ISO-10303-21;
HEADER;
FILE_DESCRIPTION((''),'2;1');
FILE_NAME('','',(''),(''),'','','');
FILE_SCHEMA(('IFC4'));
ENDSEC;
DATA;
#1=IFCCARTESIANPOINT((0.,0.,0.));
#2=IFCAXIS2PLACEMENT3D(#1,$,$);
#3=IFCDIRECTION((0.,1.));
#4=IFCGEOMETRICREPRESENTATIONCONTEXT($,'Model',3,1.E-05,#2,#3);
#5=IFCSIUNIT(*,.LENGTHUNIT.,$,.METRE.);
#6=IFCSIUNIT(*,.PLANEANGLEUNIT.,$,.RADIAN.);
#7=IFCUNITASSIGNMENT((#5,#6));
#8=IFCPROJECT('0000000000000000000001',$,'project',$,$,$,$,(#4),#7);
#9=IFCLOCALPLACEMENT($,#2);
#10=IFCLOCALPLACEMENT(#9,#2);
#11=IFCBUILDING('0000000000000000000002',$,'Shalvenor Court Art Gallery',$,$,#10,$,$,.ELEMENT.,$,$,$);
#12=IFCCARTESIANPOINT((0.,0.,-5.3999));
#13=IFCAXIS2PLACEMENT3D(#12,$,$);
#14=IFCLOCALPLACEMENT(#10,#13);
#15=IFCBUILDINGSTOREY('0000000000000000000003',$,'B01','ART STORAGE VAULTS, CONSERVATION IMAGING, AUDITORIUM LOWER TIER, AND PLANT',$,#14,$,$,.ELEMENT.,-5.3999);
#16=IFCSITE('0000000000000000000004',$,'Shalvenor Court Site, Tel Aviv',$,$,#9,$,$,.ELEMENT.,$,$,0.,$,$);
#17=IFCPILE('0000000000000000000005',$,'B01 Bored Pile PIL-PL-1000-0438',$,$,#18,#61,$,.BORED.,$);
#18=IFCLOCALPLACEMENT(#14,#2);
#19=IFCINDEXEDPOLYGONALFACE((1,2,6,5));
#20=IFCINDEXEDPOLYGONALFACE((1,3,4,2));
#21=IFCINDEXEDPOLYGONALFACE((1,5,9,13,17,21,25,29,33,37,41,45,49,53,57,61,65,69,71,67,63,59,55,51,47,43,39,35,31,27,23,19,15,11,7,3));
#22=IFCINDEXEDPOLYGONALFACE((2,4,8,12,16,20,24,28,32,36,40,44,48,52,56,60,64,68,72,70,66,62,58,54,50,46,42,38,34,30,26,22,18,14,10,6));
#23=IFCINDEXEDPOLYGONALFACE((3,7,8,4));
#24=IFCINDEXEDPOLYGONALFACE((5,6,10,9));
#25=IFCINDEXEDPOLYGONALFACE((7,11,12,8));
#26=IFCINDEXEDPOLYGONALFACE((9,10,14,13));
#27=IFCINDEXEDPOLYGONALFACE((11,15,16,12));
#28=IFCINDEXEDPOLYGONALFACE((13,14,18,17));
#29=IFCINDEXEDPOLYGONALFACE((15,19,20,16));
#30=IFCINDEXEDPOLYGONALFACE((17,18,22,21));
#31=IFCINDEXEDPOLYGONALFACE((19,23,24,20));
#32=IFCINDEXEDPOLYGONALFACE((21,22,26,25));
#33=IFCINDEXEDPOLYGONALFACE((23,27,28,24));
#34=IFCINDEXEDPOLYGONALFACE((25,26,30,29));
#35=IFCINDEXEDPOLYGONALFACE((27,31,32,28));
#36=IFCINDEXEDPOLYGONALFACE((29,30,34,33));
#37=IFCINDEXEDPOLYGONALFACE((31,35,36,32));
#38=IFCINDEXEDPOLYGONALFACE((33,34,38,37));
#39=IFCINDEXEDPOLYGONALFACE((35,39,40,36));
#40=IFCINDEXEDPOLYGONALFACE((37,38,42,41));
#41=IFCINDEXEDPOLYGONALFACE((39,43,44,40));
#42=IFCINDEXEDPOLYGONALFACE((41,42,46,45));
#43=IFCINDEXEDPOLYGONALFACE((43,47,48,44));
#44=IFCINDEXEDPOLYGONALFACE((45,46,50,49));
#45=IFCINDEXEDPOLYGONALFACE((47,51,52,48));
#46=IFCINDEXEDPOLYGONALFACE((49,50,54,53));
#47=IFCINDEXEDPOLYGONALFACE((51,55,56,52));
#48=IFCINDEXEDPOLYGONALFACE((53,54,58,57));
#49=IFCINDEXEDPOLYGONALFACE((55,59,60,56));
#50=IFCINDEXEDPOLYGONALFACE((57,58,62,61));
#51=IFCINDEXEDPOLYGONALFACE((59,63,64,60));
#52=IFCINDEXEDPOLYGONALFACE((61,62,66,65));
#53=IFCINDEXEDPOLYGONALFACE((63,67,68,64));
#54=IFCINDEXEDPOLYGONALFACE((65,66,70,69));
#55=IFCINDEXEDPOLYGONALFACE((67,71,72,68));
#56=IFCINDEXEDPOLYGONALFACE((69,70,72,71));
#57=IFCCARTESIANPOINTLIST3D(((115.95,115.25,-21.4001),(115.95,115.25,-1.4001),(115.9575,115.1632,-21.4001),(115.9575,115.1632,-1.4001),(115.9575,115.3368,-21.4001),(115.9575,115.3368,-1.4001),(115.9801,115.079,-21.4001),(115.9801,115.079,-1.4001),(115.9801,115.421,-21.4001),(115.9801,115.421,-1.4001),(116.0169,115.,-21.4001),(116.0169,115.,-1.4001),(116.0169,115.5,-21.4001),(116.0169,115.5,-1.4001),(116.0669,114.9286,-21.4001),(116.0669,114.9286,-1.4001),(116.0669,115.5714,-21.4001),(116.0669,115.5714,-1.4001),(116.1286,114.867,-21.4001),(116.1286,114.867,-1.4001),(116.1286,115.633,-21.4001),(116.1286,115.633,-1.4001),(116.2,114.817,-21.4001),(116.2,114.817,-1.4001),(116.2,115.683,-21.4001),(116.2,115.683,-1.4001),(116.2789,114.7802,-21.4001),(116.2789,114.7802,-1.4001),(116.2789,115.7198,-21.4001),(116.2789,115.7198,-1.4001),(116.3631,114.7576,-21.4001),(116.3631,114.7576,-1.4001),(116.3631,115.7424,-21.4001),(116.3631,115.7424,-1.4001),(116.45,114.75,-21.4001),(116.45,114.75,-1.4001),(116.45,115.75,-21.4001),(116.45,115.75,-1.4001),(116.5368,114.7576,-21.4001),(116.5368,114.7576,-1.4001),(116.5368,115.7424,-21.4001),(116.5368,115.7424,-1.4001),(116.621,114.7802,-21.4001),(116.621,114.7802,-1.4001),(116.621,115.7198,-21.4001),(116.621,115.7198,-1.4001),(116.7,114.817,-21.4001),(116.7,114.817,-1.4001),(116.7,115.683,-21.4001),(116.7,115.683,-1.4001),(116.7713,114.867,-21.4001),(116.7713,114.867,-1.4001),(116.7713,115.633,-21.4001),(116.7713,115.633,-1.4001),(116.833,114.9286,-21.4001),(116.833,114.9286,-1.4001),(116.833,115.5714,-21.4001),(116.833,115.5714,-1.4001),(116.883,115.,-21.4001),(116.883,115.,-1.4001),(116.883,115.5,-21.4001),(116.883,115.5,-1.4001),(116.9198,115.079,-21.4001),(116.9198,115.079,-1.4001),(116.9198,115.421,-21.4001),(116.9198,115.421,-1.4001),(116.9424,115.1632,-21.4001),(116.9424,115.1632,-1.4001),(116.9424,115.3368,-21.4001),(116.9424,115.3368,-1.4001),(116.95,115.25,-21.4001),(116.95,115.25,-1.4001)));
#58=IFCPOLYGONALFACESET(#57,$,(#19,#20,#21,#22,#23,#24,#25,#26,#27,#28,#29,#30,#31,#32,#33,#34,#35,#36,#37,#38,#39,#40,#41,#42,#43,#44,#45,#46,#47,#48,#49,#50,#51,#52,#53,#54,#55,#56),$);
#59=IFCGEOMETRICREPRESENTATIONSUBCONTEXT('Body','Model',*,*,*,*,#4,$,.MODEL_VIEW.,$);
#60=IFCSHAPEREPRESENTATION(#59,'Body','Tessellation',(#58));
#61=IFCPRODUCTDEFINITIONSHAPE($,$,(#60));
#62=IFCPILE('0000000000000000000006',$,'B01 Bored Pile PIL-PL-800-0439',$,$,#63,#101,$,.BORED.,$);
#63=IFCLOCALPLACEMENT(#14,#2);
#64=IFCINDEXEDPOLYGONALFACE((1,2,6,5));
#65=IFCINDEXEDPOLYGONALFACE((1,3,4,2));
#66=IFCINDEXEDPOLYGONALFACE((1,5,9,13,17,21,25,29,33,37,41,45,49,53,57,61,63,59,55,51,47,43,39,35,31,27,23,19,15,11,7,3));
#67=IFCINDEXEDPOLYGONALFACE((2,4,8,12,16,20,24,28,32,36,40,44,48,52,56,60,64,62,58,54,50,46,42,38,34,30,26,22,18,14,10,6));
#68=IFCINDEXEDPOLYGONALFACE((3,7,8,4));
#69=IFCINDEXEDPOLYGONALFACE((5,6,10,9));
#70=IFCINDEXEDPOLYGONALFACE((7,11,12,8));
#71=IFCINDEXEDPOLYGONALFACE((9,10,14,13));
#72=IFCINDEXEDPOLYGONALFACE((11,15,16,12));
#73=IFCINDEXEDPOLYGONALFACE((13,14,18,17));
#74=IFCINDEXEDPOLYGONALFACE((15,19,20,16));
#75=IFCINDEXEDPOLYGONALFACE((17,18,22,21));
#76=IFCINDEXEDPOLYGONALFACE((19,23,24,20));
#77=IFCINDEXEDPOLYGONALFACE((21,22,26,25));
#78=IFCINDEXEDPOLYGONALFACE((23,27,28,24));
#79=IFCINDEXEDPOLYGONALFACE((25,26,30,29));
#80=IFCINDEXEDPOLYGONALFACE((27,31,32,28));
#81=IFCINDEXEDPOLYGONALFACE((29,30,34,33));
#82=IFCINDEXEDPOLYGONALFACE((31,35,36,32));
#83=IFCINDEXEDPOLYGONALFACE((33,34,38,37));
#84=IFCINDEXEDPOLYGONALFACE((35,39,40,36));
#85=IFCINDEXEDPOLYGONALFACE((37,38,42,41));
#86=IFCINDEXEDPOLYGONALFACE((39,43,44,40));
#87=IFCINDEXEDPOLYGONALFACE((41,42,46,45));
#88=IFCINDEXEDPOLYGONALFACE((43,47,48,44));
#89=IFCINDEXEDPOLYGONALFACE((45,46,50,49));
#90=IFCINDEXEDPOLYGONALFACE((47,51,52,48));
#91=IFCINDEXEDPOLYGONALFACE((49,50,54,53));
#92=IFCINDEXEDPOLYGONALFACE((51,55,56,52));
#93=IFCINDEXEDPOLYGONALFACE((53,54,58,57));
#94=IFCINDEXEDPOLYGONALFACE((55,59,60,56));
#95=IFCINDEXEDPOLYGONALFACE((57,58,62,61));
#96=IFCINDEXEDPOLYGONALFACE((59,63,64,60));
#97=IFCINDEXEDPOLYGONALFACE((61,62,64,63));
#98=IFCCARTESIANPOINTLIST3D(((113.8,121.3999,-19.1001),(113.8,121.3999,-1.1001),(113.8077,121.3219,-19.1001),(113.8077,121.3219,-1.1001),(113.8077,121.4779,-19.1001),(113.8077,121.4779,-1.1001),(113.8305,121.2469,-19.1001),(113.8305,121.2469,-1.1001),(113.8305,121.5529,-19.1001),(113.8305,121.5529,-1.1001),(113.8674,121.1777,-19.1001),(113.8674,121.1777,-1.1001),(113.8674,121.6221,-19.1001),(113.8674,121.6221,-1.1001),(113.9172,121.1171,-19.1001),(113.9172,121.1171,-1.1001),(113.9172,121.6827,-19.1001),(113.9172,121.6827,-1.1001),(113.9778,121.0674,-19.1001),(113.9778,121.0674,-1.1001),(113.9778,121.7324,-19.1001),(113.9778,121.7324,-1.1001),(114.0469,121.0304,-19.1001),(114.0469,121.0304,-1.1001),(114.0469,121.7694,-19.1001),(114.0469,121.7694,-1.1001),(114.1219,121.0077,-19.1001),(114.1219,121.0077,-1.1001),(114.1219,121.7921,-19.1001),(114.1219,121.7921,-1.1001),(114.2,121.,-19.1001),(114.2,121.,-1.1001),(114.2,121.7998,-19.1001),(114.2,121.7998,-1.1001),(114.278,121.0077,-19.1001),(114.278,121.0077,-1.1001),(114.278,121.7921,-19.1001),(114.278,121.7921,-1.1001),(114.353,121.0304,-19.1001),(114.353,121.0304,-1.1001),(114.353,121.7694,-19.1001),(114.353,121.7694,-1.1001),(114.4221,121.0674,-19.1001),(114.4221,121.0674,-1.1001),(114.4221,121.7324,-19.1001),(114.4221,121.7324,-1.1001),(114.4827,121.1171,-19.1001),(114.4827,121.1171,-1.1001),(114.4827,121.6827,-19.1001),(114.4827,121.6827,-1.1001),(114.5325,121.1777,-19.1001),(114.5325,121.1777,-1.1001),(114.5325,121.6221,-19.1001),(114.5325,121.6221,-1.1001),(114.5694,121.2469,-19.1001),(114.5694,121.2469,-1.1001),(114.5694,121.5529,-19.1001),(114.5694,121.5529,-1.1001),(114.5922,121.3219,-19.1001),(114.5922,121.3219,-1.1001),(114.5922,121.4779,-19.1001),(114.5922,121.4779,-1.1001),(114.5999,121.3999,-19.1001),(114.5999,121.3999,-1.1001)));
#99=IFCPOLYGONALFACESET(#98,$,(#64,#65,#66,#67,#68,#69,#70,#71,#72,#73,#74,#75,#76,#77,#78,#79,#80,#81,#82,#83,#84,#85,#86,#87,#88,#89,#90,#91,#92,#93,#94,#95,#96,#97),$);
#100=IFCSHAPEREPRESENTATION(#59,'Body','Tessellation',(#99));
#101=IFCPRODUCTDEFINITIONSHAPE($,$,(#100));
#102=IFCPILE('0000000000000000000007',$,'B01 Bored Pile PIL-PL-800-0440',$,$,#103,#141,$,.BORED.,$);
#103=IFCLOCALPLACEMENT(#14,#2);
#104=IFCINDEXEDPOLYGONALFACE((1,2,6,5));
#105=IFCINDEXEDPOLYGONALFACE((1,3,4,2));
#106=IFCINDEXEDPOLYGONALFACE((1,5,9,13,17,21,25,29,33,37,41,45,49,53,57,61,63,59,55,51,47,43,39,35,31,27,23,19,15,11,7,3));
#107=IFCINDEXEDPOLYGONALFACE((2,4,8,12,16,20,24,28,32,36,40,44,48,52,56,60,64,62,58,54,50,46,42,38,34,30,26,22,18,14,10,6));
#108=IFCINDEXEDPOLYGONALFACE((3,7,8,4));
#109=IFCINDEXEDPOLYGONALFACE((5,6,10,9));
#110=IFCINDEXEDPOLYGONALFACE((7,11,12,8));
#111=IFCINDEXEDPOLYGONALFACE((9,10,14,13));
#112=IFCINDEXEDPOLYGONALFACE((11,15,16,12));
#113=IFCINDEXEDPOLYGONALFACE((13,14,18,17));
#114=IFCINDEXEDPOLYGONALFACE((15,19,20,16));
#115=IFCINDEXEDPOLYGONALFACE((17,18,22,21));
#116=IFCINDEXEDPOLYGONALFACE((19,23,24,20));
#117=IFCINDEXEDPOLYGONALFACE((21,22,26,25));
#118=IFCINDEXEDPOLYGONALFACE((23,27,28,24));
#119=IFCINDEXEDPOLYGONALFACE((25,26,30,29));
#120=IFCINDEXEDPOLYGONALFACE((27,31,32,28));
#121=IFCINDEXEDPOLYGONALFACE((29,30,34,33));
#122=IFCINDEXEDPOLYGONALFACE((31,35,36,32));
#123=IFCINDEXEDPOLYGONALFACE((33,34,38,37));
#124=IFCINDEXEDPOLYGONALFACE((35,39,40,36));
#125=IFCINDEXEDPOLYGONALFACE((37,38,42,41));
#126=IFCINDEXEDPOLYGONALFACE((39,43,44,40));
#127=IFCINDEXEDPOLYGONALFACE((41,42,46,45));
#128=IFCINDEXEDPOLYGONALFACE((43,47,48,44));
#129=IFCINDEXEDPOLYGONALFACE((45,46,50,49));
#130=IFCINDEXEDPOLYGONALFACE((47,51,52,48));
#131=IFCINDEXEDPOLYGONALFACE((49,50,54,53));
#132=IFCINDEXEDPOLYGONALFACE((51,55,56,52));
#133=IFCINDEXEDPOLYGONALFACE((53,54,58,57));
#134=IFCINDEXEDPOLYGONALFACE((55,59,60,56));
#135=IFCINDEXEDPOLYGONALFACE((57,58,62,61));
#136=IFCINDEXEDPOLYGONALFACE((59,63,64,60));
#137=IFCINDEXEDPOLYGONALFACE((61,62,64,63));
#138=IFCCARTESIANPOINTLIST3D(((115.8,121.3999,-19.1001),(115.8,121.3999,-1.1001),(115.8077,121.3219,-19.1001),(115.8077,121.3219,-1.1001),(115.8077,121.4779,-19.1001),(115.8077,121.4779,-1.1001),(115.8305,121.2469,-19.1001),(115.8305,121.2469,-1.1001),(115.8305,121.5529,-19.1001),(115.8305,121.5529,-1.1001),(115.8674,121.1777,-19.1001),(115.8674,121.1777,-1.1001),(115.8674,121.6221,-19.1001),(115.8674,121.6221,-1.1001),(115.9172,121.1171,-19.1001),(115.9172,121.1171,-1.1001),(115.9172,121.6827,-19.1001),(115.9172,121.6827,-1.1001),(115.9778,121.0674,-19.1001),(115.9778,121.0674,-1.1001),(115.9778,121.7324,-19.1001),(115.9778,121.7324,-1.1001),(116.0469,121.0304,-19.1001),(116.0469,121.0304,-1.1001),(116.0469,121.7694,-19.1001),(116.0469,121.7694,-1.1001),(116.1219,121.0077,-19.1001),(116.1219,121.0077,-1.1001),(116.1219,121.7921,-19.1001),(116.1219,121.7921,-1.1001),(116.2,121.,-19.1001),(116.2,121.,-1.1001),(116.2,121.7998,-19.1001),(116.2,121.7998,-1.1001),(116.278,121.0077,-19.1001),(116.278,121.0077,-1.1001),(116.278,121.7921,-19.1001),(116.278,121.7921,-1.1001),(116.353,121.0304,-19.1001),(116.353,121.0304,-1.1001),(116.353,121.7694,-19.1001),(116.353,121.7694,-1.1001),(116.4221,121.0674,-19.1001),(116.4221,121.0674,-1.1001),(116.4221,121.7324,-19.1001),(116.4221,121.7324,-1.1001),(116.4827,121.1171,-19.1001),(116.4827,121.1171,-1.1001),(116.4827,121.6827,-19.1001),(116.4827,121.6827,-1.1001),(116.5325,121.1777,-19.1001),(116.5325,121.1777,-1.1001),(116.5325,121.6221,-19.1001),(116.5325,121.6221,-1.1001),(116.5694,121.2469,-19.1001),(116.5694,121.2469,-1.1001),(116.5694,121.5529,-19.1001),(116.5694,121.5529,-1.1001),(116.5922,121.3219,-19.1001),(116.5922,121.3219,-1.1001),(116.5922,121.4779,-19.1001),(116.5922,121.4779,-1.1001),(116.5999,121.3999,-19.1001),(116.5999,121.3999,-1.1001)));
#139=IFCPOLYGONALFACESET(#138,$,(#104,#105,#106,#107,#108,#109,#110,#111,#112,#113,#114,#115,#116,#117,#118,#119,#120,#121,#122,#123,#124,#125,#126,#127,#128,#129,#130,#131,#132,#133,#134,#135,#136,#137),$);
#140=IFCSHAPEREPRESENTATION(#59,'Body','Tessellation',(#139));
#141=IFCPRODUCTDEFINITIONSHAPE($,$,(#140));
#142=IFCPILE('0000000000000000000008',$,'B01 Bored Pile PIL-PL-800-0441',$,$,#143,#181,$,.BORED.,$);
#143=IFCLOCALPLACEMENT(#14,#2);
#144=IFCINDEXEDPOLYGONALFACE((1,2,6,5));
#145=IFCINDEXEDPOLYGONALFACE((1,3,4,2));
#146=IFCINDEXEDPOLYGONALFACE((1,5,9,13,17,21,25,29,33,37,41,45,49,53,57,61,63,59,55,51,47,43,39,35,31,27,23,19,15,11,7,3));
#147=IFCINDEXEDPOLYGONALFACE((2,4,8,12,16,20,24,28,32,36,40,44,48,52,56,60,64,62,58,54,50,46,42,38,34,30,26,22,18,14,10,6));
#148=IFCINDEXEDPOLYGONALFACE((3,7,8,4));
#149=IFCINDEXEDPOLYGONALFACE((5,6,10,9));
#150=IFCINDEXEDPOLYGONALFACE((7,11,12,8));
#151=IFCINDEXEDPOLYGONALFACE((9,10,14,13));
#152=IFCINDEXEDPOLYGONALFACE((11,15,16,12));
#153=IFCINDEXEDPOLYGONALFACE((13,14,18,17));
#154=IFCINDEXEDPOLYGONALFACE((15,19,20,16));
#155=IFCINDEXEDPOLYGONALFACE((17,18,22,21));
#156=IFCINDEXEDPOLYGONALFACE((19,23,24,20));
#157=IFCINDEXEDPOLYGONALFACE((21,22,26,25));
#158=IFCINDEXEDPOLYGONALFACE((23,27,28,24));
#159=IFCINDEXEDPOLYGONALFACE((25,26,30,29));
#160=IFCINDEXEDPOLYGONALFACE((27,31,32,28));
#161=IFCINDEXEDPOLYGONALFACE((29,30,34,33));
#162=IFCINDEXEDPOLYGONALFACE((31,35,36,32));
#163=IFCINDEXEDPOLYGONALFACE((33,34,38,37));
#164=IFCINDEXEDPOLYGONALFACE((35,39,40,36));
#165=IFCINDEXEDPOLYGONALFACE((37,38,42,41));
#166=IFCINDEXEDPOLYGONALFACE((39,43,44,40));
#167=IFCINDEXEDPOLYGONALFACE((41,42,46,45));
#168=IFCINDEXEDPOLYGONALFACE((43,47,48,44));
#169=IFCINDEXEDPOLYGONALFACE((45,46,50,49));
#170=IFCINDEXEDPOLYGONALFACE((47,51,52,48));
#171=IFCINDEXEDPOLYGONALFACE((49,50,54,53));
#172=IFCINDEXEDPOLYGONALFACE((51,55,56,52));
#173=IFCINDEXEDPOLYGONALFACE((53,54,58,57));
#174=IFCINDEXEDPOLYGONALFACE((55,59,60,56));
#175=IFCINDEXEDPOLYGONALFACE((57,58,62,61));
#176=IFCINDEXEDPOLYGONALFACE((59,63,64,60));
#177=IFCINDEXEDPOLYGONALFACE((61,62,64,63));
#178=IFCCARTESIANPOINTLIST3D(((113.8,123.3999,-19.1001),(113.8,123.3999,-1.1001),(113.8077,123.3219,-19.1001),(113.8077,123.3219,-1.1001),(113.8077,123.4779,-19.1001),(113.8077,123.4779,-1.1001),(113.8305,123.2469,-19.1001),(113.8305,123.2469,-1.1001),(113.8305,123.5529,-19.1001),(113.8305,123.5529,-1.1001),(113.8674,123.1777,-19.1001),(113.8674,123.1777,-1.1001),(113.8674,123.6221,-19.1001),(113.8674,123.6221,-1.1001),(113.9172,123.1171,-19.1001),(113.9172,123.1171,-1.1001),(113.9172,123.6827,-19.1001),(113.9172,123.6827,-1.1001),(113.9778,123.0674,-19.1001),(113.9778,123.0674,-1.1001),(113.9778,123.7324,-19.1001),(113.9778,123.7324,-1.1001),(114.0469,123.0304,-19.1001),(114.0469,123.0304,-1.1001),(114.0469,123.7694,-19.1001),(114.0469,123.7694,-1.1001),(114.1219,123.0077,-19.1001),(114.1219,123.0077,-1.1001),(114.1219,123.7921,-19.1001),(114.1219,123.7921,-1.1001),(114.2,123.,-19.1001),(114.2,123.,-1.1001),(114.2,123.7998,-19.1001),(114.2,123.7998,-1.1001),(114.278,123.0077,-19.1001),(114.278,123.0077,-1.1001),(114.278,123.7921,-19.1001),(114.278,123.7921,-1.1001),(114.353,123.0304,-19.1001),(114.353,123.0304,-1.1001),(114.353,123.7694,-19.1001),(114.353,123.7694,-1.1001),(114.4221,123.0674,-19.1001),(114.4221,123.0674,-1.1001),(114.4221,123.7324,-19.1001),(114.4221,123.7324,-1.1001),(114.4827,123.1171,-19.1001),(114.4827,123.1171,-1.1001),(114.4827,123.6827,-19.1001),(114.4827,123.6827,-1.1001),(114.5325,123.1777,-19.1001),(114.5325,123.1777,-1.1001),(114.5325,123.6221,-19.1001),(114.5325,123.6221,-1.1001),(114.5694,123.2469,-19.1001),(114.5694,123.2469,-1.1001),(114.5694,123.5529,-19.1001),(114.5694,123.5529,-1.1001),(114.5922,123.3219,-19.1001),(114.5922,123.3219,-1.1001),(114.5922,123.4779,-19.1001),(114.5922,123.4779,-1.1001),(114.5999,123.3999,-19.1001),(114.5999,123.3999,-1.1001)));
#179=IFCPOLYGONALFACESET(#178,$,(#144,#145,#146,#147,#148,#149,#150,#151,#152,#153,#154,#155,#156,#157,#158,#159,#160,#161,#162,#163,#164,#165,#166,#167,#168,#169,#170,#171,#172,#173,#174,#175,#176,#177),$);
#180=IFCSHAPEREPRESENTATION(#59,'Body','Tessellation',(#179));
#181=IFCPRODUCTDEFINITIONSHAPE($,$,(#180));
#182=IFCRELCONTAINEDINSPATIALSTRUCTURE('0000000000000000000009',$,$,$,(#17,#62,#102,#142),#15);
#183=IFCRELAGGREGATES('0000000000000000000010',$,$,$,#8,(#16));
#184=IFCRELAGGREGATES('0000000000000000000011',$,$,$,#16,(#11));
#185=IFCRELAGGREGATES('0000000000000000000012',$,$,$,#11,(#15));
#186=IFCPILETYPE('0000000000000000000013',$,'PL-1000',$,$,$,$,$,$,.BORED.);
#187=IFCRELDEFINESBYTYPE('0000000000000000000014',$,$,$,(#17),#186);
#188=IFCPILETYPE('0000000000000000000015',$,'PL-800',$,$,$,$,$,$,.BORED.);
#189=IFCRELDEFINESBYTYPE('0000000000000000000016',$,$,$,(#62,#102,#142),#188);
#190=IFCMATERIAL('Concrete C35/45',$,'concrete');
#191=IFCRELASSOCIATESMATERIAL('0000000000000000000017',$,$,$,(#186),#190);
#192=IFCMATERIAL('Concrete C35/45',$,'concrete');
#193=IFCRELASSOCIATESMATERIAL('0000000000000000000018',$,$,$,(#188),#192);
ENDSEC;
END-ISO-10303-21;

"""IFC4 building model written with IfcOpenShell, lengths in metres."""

from ifc_helpers import new_model, si_unit, direction, frame, origin, origin_2d, place, context, subcontext, project, spatial, circle, extrude, material, material_profile, profile_set, type_object, element, save


model = new_model("IFC4")

# Units and contexts
model_context = context("Model", 3, precision=1e-05, world=origin(), true_north=direction((0.0, 1.0)))
body_context = subcontext(model_context, "Body", "Model", "MODEL_VIEW")
ifc_project = project(units=[si_unit("LENGTHUNIT", "METRE"), si_unit("PLANEANGLEUNIT", "RADIAN")], contexts=[model_context])

# Site, building, storey
site_placement = place(None, origin())
site = spatial("IfcSite", under=ifc_project, at=site_placement, Name="Shalvenor Court Site, Tel Aviv", CompositionType="ELEMENT", RefElevation=0.0)
building_placement = place(site_placement, origin())
building = spatial("IfcBuilding", under=site, at=building_placement, Name="Shalvenor Court Art Gallery", CompositionType="ELEMENT")
storey_placement = place(building_placement, frame((0.0, 0.0, -5.3999)))
storey = spatial("IfcBuildingStorey", under=building, at=storey_placement, Name="B01", Description="ART STORAGE VAULTS, CONSERVATION IMAGING, AUDITORIUM LOWER TIER, AND PLANT", CompositionType="ELEMENT", Elevation=-5.3999)

# Piles
ifc_material_1 = material(Name="Concrete C35/45", Category="concrete")
ifc_material_profile_1 = material_profile(ifc_material_1, circle(Radius=0.5, at=origin_2d()), Name="PILE 1000")
ifc_profile_set_1 = profile_set([ifc_material_profile_1], Name="Concrete C35/45")
pile_type_1 = type_object("IfcPileType", Name="PL-1000", PredefinedType="BORED", material=ifc_profile_set_1)
for number, where, z_axis, x_axis, name in (
    (1, (116.45, 115.25, -1.4001), (0.0, 0.0, -1.0), (1.0, 0.0, 0.0), "B01 Bored Pile PIL-PL-1000-0438"),
):
    element("IfcPile", number, at=place(storey_placement, frame(where, z_axis=z_axis, x_axis=x_axis)), inside=storey, type_object=pile_type_1, Name=name, PredefinedType="BORED", context=body_context, shape_type="SweptSolid", body=[
        extrude(circle(Radius=0.5, at=origin_2d()), origin(), (0.0, 0.0, 1.0), 20.0),
    ])
ifc_material_2 = material(Name="Concrete C35/45", Category="concrete")
ifc_material_profile_2 = material_profile(ifc_material_2, circle(Radius=0.3999, at=origin_2d()), Name="PILE 800")
ifc_profile_set_2 = profile_set([ifc_material_profile_2], Name="Concrete C35/45")
pile_type_2 = type_object("IfcPileType", Name="PL-800", PredefinedType="BORED", material=ifc_profile_set_2)
for number, where, z_axis, x_axis, name in (
    (2, (114.2, 121.3999, -1.1001), (0.0, 0.0, -1.0), (1.0, 0.0, 0.0), "B01 Bored Pile PIL-PL-800-0439"),
    (3, (116.2, 121.3999, -1.1001), (0.0, 0.0, -1.0), (1.0, 0.0, 0.0), "B01 Bored Pile PIL-PL-800-0440"),
    (4, (114.2, 123.3999, -1.1001), (0.0, 0.0, -1.0), (1.0, 0.0, 0.0), "B01 Bored Pile PIL-PL-800-0441"),
):
    element("IfcPile", number, at=place(storey_placement, frame(where, z_axis=z_axis, x_axis=x_axis)), inside=storey, type_object=pile_type_2, Name=name, PredefinedType="BORED", context=body_context, shape_type="SweptSolid", body=[
        extrude(circle(Radius=0.3999, at=origin_2d()), origin(), (0.0, 0.0, 1.0), 18.0),
    ])

save(model, "model.ifc")
